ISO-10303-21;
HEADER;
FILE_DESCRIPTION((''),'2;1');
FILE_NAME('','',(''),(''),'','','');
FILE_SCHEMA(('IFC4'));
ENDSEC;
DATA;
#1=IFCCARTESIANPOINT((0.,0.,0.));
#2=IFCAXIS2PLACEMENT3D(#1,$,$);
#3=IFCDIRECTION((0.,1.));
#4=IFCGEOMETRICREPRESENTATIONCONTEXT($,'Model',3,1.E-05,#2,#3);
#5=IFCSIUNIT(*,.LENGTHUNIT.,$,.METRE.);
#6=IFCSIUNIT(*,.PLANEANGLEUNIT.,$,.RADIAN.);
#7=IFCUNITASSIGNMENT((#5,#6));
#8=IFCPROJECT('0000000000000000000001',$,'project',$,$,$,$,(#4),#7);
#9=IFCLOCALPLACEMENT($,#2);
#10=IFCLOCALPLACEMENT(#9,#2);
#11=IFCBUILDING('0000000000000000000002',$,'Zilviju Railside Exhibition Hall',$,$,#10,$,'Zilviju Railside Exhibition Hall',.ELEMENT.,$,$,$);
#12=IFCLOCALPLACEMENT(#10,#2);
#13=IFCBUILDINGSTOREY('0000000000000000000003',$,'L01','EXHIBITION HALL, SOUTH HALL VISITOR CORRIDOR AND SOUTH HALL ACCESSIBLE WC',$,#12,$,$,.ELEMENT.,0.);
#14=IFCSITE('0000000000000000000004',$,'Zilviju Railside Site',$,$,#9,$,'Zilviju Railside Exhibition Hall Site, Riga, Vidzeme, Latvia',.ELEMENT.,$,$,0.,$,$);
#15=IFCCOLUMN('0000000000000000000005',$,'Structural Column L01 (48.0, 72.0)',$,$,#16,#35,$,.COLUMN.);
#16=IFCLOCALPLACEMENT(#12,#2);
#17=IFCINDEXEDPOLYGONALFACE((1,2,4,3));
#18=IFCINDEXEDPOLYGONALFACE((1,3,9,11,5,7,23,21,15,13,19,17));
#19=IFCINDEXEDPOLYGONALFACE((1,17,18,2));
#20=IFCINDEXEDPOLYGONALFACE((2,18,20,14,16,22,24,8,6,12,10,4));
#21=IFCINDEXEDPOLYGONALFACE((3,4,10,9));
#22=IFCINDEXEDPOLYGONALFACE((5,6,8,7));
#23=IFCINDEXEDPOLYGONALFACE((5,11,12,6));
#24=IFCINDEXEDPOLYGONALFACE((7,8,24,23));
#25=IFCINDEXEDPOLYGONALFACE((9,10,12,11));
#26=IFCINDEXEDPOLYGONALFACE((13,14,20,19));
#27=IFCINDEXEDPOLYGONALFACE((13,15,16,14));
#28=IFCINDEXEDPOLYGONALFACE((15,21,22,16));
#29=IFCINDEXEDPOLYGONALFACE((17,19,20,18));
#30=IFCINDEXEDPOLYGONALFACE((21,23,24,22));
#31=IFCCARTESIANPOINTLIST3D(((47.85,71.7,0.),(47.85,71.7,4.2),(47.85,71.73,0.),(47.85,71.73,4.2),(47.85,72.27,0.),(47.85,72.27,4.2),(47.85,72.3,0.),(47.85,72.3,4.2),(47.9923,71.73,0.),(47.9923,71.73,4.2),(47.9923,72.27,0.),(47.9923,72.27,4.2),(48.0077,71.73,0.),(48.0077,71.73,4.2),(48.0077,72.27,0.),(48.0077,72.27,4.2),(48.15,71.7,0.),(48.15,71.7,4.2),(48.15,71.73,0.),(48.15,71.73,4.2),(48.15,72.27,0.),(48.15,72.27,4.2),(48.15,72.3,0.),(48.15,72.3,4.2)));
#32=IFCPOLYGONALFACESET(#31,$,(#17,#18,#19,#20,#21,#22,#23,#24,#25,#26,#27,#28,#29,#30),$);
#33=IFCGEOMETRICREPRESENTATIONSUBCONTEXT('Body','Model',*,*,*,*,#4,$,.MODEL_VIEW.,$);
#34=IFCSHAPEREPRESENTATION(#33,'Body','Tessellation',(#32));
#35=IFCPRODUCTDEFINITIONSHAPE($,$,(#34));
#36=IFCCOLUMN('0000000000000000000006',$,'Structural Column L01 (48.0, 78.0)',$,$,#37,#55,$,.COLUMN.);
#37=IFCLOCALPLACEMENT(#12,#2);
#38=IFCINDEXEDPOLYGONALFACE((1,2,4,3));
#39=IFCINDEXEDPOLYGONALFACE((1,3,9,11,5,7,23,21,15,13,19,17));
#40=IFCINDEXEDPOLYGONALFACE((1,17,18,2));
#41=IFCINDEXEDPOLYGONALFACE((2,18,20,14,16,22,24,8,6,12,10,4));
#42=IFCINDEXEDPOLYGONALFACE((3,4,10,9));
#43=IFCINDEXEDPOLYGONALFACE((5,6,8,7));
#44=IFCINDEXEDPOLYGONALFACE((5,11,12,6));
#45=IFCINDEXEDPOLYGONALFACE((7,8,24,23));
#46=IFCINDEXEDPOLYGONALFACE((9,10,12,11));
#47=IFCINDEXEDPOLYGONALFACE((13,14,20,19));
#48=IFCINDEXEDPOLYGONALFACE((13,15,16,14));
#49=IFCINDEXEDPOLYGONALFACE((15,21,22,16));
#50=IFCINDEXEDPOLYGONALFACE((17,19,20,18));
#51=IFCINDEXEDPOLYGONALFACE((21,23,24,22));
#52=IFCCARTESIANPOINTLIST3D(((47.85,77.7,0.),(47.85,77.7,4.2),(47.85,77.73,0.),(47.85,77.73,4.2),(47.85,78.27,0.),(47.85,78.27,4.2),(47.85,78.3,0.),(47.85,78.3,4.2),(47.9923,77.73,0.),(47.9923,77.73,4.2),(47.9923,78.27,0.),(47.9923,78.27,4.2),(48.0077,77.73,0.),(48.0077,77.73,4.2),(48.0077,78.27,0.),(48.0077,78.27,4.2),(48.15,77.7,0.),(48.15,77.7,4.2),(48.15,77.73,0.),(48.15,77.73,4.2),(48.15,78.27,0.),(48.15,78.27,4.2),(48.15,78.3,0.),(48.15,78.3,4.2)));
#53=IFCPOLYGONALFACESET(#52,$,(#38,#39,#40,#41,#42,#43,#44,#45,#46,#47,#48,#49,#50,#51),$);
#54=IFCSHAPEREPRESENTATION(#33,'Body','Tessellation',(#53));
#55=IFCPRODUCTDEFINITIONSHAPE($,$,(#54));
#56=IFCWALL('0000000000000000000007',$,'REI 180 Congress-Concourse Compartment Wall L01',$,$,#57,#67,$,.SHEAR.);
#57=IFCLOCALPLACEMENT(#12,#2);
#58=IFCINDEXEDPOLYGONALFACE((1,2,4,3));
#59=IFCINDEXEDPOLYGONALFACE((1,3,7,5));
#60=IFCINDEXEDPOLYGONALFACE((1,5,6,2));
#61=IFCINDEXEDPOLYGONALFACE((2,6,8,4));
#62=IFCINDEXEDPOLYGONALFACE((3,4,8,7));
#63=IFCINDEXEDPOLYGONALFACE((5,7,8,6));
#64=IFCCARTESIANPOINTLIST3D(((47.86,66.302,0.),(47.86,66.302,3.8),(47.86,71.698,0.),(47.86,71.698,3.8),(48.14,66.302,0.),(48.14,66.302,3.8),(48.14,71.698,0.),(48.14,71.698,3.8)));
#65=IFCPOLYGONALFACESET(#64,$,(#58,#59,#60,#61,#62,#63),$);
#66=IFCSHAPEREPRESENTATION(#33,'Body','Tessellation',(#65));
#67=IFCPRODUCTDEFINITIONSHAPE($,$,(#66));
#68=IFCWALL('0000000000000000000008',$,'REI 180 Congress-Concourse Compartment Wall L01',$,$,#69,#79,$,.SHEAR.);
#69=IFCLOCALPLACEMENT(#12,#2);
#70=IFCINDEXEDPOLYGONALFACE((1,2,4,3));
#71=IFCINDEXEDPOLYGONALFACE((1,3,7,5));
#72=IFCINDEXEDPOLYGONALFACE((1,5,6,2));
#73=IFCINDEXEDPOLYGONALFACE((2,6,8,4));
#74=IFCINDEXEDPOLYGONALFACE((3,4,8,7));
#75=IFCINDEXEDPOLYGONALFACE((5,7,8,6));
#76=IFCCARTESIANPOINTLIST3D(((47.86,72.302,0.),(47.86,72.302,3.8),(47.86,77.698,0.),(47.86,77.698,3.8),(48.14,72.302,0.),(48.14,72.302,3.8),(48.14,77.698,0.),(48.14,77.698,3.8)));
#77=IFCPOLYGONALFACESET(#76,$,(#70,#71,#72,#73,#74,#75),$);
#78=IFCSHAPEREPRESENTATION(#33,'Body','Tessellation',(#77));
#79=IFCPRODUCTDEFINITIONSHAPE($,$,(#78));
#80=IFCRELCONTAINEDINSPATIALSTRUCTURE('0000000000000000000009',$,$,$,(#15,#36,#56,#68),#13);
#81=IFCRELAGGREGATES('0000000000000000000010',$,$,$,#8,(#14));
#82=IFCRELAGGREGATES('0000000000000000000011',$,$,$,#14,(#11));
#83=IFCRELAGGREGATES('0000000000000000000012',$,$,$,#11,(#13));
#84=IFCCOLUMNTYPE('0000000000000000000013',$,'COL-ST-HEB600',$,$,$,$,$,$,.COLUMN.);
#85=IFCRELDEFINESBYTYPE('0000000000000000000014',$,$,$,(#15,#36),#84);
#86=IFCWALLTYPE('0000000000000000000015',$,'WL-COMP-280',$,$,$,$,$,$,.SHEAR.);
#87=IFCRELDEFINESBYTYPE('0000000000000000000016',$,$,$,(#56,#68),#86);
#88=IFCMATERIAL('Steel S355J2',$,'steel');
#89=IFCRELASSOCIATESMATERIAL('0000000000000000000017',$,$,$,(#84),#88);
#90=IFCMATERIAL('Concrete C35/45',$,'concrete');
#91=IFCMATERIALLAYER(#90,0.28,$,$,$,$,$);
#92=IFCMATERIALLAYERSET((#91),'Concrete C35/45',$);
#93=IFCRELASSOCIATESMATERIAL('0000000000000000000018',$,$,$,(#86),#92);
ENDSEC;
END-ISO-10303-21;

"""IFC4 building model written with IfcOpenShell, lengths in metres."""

from ifc_helpers import new_model, si_unit, direction, frame, frame_2d, origin, origin_2d, place, context, subcontext, project, spatial, rectangle, i_section, extrude, material, layer, layer_set, material_profile, profile_set, type_object, element, save


model = new_model("IFC4")

# Units and contexts
model_context = context("Model", 3, precision=1e-05, world=origin(), true_north=direction((0.0, 1.0)))
body_context = subcontext(model_context, "Body", "Model", "MODEL_VIEW")
ifc_project = project(units=[si_unit("LENGTHUNIT", "METRE"), si_unit("PLANEANGLEUNIT", "RADIAN")], contexts=[model_context])

# Site, building, storey
site_placement = place(None, origin())
site = spatial("IfcSite", under=ifc_project, at=site_placement, Name="Zilviju Railside Site", LongName="Zilviju Railside Exhibition Hall Site, Riga, Vidzeme, Latvia", CompositionType="ELEMENT", RefElevation=0.0)
building_placement = place(site_placement, origin())
building = spatial("IfcBuilding", under=site, at=building_placement, Name="Zilviju Railside Exhibition Hall", LongName="Zilviju Railside Exhibition Hall", CompositionType="ELEMENT")
storey_placement = place(building_placement, origin())
storey = spatial("IfcBuildingStorey", under=building, at=storey_placement, Name="L01", Description="EXHIBITION HALL, SOUTH HALL VISITOR CORRIDOR AND SOUTH HALL ACCESSIBLE WC", CompositionType="ELEMENT", Elevation=0.0)

# Shared definitions
ifc_material_1 = material(Name="Concrete C35/45", Category="concrete")

# Columns
ifc_material_2 = material(Name="Steel S355J2", Category="steel")
ifc_material_profile_1 = material_profile(ifc_material_2, i_section(OverallWidth=0.3, OverallDepth=0.6001, WebThickness=0.0154, FlangeThickness=0.03, at=origin_2d()), Name="HEB 600")
ifc_profile_set_1 = profile_set([ifc_material_profile_1], Name="Steel S355J2")
column_type_1 = type_object("IfcColumnType", Name="COL-ST-HEB600", PredefinedType="COLUMN", material=ifc_profile_set_1)
for number, where, z_axis, x_axis, name in (
    (1, (48.0, 72.0, 0.0), (0.0, 0.0, 1.0), (1.0, 0.0, 0.0), "Structural Column L01 (48.0, 72.0)"),
    (2, (48.0, 78.0, 0.0), (0.0, 0.0, 1.0), (1.0, 0.0, 0.0), "Structural Column L01 (48.0, 78.0)"),
):
    element("IfcColumn", number, at=place(storey_placement, frame(where, z_axis=z_axis, x_axis=x_axis)), inside=storey, type_object=column_type_1, Name=name, PredefinedType="COLUMN", context=body_context, shape_type="SweptSolid", body=[
        extrude(i_section(OverallWidth=0.3, OverallDepth=0.6001, WebThickness=0.0154, FlangeThickness=0.03, at=origin_2d()), origin(), (0.0, 0.0, 1.0), 4.2),
    ])

# Walls
ifc_layer = layer(ifc_material_1, 0.28)
ifc_layer_set = layer_set([ifc_layer], Name="Concrete C35/45")
wall_type = type_object("IfcWallType", Name="WL-COMP-280", PredefinedType="SHEAR", material=ifc_layer_set)
for number, where, z_axis, x_axis, name in (
    (3, (48.0, 66.302, 0.0), (0.0, 0.0, 1.0), (0.0, 1.0, 0.0), "REI 180 Congress-Concourse Compartment Wall L01"),
    (4, (48.0, 72.302, 0.0), (0.0, 0.0, 1.0), (0.0, 1.0, 0.0), "REI 180 Congress-Concourse Compartment Wall L01"),
):
    element("IfcWall", number, at=place(storey_placement, frame(where, z_axis=z_axis, x_axis=x_axis)), inside=storey, type_object=wall_type, Name=name, PredefinedType="SHEAR", context=body_context, shape_type="SweptSolid", body=[
        extrude(rectangle(XDim=5.396, YDim=0.28, at=frame_2d((2.698, 0.0))), origin(), (0.0, 0.0, 1.0), 3.8),
    ])

save(model, "model.ifc")
